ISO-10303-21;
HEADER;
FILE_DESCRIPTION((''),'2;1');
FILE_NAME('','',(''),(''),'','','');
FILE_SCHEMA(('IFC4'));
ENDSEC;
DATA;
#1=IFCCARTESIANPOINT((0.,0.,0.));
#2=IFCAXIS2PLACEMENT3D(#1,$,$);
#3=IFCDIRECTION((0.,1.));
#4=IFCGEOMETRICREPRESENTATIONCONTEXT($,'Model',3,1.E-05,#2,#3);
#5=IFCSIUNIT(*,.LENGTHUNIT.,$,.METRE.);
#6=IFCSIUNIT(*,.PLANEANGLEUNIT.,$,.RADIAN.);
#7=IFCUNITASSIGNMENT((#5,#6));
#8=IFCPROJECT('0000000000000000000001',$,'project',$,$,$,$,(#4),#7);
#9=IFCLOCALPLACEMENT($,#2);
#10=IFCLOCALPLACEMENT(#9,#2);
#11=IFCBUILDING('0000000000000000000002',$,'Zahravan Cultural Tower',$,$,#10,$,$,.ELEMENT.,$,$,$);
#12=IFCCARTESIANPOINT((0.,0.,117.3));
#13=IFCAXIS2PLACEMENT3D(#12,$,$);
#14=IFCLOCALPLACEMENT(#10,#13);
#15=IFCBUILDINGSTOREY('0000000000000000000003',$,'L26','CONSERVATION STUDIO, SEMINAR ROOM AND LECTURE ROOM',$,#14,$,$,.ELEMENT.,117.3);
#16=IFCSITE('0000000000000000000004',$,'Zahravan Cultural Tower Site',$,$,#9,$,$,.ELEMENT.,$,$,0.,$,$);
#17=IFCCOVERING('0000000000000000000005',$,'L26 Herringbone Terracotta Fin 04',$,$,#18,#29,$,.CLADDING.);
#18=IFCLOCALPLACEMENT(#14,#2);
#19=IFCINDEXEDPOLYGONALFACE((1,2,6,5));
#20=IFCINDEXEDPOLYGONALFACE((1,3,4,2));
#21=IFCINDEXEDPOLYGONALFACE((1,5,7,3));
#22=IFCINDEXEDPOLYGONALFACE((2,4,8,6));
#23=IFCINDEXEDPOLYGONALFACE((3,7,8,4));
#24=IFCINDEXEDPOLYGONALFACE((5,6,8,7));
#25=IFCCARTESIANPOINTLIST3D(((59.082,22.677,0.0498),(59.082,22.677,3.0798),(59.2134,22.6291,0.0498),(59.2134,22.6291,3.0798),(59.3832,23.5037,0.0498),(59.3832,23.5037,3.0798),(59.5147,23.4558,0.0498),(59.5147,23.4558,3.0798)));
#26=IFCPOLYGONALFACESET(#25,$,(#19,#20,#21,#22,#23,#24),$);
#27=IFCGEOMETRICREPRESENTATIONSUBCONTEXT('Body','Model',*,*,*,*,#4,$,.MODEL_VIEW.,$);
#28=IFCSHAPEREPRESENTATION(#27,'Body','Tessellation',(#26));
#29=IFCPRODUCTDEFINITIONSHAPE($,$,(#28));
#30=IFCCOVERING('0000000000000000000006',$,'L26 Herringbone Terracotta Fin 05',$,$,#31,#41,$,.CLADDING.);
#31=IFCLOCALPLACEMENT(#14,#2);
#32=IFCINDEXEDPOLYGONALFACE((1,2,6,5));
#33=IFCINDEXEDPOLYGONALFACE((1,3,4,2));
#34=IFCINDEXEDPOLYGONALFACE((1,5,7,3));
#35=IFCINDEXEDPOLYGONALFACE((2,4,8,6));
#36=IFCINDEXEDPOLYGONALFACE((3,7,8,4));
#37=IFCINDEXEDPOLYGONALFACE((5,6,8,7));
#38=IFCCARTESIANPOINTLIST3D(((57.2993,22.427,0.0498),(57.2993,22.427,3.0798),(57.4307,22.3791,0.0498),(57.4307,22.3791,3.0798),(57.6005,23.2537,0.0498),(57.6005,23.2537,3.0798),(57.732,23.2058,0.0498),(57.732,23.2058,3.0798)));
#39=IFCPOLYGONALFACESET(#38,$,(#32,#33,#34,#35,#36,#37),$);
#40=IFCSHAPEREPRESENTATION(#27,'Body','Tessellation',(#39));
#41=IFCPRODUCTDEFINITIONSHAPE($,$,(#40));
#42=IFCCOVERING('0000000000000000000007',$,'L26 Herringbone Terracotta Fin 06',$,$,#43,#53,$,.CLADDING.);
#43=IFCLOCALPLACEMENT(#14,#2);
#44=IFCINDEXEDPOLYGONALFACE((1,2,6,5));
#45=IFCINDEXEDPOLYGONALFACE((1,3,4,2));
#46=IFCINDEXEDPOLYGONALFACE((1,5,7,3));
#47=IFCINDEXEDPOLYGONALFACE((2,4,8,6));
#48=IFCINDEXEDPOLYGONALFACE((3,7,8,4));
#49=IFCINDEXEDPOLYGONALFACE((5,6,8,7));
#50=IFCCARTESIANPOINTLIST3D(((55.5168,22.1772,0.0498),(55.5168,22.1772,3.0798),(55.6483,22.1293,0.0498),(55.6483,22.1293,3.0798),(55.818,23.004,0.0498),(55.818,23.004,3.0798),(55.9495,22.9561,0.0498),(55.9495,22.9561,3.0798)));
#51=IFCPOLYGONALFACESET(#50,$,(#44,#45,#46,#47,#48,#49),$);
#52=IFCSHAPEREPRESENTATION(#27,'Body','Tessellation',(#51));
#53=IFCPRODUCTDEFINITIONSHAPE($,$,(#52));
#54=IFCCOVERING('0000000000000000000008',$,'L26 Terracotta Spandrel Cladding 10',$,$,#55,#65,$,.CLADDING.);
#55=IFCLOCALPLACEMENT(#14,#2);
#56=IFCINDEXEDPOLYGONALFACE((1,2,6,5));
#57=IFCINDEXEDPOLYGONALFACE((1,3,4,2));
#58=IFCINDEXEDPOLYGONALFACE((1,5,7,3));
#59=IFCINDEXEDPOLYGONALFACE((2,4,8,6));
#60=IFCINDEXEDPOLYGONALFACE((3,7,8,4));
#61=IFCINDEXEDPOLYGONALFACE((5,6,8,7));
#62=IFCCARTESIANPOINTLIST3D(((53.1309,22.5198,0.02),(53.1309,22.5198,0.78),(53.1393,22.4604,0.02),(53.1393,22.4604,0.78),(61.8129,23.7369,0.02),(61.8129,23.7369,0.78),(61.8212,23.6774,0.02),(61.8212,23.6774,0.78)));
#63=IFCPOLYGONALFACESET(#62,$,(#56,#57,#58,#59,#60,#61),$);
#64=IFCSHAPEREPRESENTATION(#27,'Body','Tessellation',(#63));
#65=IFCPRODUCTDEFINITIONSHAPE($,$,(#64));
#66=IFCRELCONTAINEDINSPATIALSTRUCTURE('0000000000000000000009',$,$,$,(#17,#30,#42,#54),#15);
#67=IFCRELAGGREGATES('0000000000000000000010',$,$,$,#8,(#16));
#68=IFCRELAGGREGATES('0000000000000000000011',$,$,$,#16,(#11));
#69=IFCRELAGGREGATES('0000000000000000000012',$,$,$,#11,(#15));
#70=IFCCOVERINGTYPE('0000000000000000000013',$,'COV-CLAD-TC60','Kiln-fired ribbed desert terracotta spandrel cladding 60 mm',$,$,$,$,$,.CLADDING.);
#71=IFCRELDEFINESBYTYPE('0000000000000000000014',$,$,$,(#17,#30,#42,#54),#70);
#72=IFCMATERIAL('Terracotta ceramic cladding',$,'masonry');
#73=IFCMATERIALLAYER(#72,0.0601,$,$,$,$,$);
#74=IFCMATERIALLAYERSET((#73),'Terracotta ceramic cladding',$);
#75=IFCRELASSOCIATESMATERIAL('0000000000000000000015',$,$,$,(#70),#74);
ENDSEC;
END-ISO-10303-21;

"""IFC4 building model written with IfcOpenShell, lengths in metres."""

from ifc_helpers import new_model, si_unit, direction, frame, origin, origin_2d, place, context, subcontext, project, spatial, rectangle, extrude, source, transform, mapped, material, layer, layer_set, type_object, element, save


model = new_model("IFC4")

# Units and contexts
model_context = context("Model", 3, precision=1e-05, world=origin(), true_north=direction((0.0, 1.0)))
body_context = subcontext(model_context, "Body", "Model", "MODEL_VIEW")
ifc_project = project(units=[si_unit("LENGTHUNIT", "METRE"), si_unit("PLANEANGLEUNIT", "RADIAN")], contexts=[model_context])

# Site, building, storey
site_placement = place(None, origin())
site = spatial("IfcSite", under=ifc_project, at=site_placement, Name="Zahravan Cultural Tower Site", CompositionType="ELEMENT", RefElevation=0.0)
building_placement = place(site_placement, origin())
building = spatial("IfcBuilding", under=site, at=building_placement, Name="Zahravan Cultural Tower", CompositionType="ELEMENT")
storey_placement = place(building_placement, frame((0.0, 0.0, 117.3)))
storey = spatial("IfcBuildingStorey", under=building, at=storey_placement, Name="L26", Description="CONSERVATION STUDIO, SEMINAR ROOM AND LECTURE ROOM", CompositionType="ELEMENT", Elevation=117.3)

# Coverings
ifc_material_1 = material(Name="Terracotta ceramic cladding", Category="masonry")
ifc_layer_1 = layer(ifc_material_1, 0.0601)
ifc_layer_set_1 = layer_set([ifc_layer_1], Name="Terracotta ceramic cladding")
covering_type = type_object("IfcCoveringType", Name="COV-CLAD-TC60", Description="Kiln-fired ribbed desert terracotta spandrel cladding 60 mm", PredefinedType="CLADDING", material=ifc_layer_set_1)
shared_shape_1 = source(origin(), body_context, "Body", "SweptSolid", [
    extrude(rectangle(XDim=0.8799, YDim=0.1399, at=origin_2d()), origin(), (0.0, 0.0, 1.0), 3.03),
])
for number, where, z_axis, x_axis, name in (
    (1, (59.2983, 23.0664, 0.0498), (0.0, 0.0, 1.0), (-0.342348, -0.939573, 0.0), "L26 Herringbone Terracotta Fin 04"),
    (2, (57.5156, 22.8164, 0.0498), (0.0, 0.0, 1.0), (-0.342348, -0.939573, 0.0), "L26 Herringbone Terracotta Fin 05"),
    (3, (55.7332, 22.5667, 0.0498), (0.0, 0.0, 1.0), (-0.342348, -0.939573, 0.0), "L26 Herringbone Terracotta Fin 06"),
):
    element("IfcCovering", number, at=place(storey_placement, frame(where, z_axis=z_axis, x_axis=x_axis)), inside=storey, type_object=covering_type, Name=name, PredefinedType="CLADDING", context=body_context, shape_type="MappedRepresentation", body=[
        mapped(shared_shape_1, transform((0.0, 0.0, 0.0), x_axis=(1.0, 0.0, 0.0), y_axis=(0.0, 1.0, 0.0), z_axis=(0.0, 0.0, 1.0), scale=1.0)),
    ])
shared_shape_2 = source(origin(), body_context, "Body", "SweptSolid", [
    extrude(rectangle(XDim=8.7668, YDim=0.0601, at=origin_2d()), origin(), (0.0, 0.0, 1.0), 0.76),
])
covering_placement = place(storey_placement, frame((57.4761, 23.0986, 0.02), z_axis=(0.0, 0.0, 1.0), x_axis=(-0.990317, -0.138827, 0.0)))
element("IfcCovering", 4, at=covering_placement, inside=storey, type_object=covering_type, Name="L26 Terracotta Spandrel Cladding 10", PredefinedType="CLADDING", context=body_context, shape_type="MappedRepresentation", body=[
    mapped(shared_shape_2, transform((0.0, 0.0, 0.0), x_axis=(1.0, 0.0, 0.0), y_axis=(0.0, 1.0, 0.0), z_axis=(0.0, 0.0, 1.0), scale=1.0)),
])

save(model, "model.ifc")
